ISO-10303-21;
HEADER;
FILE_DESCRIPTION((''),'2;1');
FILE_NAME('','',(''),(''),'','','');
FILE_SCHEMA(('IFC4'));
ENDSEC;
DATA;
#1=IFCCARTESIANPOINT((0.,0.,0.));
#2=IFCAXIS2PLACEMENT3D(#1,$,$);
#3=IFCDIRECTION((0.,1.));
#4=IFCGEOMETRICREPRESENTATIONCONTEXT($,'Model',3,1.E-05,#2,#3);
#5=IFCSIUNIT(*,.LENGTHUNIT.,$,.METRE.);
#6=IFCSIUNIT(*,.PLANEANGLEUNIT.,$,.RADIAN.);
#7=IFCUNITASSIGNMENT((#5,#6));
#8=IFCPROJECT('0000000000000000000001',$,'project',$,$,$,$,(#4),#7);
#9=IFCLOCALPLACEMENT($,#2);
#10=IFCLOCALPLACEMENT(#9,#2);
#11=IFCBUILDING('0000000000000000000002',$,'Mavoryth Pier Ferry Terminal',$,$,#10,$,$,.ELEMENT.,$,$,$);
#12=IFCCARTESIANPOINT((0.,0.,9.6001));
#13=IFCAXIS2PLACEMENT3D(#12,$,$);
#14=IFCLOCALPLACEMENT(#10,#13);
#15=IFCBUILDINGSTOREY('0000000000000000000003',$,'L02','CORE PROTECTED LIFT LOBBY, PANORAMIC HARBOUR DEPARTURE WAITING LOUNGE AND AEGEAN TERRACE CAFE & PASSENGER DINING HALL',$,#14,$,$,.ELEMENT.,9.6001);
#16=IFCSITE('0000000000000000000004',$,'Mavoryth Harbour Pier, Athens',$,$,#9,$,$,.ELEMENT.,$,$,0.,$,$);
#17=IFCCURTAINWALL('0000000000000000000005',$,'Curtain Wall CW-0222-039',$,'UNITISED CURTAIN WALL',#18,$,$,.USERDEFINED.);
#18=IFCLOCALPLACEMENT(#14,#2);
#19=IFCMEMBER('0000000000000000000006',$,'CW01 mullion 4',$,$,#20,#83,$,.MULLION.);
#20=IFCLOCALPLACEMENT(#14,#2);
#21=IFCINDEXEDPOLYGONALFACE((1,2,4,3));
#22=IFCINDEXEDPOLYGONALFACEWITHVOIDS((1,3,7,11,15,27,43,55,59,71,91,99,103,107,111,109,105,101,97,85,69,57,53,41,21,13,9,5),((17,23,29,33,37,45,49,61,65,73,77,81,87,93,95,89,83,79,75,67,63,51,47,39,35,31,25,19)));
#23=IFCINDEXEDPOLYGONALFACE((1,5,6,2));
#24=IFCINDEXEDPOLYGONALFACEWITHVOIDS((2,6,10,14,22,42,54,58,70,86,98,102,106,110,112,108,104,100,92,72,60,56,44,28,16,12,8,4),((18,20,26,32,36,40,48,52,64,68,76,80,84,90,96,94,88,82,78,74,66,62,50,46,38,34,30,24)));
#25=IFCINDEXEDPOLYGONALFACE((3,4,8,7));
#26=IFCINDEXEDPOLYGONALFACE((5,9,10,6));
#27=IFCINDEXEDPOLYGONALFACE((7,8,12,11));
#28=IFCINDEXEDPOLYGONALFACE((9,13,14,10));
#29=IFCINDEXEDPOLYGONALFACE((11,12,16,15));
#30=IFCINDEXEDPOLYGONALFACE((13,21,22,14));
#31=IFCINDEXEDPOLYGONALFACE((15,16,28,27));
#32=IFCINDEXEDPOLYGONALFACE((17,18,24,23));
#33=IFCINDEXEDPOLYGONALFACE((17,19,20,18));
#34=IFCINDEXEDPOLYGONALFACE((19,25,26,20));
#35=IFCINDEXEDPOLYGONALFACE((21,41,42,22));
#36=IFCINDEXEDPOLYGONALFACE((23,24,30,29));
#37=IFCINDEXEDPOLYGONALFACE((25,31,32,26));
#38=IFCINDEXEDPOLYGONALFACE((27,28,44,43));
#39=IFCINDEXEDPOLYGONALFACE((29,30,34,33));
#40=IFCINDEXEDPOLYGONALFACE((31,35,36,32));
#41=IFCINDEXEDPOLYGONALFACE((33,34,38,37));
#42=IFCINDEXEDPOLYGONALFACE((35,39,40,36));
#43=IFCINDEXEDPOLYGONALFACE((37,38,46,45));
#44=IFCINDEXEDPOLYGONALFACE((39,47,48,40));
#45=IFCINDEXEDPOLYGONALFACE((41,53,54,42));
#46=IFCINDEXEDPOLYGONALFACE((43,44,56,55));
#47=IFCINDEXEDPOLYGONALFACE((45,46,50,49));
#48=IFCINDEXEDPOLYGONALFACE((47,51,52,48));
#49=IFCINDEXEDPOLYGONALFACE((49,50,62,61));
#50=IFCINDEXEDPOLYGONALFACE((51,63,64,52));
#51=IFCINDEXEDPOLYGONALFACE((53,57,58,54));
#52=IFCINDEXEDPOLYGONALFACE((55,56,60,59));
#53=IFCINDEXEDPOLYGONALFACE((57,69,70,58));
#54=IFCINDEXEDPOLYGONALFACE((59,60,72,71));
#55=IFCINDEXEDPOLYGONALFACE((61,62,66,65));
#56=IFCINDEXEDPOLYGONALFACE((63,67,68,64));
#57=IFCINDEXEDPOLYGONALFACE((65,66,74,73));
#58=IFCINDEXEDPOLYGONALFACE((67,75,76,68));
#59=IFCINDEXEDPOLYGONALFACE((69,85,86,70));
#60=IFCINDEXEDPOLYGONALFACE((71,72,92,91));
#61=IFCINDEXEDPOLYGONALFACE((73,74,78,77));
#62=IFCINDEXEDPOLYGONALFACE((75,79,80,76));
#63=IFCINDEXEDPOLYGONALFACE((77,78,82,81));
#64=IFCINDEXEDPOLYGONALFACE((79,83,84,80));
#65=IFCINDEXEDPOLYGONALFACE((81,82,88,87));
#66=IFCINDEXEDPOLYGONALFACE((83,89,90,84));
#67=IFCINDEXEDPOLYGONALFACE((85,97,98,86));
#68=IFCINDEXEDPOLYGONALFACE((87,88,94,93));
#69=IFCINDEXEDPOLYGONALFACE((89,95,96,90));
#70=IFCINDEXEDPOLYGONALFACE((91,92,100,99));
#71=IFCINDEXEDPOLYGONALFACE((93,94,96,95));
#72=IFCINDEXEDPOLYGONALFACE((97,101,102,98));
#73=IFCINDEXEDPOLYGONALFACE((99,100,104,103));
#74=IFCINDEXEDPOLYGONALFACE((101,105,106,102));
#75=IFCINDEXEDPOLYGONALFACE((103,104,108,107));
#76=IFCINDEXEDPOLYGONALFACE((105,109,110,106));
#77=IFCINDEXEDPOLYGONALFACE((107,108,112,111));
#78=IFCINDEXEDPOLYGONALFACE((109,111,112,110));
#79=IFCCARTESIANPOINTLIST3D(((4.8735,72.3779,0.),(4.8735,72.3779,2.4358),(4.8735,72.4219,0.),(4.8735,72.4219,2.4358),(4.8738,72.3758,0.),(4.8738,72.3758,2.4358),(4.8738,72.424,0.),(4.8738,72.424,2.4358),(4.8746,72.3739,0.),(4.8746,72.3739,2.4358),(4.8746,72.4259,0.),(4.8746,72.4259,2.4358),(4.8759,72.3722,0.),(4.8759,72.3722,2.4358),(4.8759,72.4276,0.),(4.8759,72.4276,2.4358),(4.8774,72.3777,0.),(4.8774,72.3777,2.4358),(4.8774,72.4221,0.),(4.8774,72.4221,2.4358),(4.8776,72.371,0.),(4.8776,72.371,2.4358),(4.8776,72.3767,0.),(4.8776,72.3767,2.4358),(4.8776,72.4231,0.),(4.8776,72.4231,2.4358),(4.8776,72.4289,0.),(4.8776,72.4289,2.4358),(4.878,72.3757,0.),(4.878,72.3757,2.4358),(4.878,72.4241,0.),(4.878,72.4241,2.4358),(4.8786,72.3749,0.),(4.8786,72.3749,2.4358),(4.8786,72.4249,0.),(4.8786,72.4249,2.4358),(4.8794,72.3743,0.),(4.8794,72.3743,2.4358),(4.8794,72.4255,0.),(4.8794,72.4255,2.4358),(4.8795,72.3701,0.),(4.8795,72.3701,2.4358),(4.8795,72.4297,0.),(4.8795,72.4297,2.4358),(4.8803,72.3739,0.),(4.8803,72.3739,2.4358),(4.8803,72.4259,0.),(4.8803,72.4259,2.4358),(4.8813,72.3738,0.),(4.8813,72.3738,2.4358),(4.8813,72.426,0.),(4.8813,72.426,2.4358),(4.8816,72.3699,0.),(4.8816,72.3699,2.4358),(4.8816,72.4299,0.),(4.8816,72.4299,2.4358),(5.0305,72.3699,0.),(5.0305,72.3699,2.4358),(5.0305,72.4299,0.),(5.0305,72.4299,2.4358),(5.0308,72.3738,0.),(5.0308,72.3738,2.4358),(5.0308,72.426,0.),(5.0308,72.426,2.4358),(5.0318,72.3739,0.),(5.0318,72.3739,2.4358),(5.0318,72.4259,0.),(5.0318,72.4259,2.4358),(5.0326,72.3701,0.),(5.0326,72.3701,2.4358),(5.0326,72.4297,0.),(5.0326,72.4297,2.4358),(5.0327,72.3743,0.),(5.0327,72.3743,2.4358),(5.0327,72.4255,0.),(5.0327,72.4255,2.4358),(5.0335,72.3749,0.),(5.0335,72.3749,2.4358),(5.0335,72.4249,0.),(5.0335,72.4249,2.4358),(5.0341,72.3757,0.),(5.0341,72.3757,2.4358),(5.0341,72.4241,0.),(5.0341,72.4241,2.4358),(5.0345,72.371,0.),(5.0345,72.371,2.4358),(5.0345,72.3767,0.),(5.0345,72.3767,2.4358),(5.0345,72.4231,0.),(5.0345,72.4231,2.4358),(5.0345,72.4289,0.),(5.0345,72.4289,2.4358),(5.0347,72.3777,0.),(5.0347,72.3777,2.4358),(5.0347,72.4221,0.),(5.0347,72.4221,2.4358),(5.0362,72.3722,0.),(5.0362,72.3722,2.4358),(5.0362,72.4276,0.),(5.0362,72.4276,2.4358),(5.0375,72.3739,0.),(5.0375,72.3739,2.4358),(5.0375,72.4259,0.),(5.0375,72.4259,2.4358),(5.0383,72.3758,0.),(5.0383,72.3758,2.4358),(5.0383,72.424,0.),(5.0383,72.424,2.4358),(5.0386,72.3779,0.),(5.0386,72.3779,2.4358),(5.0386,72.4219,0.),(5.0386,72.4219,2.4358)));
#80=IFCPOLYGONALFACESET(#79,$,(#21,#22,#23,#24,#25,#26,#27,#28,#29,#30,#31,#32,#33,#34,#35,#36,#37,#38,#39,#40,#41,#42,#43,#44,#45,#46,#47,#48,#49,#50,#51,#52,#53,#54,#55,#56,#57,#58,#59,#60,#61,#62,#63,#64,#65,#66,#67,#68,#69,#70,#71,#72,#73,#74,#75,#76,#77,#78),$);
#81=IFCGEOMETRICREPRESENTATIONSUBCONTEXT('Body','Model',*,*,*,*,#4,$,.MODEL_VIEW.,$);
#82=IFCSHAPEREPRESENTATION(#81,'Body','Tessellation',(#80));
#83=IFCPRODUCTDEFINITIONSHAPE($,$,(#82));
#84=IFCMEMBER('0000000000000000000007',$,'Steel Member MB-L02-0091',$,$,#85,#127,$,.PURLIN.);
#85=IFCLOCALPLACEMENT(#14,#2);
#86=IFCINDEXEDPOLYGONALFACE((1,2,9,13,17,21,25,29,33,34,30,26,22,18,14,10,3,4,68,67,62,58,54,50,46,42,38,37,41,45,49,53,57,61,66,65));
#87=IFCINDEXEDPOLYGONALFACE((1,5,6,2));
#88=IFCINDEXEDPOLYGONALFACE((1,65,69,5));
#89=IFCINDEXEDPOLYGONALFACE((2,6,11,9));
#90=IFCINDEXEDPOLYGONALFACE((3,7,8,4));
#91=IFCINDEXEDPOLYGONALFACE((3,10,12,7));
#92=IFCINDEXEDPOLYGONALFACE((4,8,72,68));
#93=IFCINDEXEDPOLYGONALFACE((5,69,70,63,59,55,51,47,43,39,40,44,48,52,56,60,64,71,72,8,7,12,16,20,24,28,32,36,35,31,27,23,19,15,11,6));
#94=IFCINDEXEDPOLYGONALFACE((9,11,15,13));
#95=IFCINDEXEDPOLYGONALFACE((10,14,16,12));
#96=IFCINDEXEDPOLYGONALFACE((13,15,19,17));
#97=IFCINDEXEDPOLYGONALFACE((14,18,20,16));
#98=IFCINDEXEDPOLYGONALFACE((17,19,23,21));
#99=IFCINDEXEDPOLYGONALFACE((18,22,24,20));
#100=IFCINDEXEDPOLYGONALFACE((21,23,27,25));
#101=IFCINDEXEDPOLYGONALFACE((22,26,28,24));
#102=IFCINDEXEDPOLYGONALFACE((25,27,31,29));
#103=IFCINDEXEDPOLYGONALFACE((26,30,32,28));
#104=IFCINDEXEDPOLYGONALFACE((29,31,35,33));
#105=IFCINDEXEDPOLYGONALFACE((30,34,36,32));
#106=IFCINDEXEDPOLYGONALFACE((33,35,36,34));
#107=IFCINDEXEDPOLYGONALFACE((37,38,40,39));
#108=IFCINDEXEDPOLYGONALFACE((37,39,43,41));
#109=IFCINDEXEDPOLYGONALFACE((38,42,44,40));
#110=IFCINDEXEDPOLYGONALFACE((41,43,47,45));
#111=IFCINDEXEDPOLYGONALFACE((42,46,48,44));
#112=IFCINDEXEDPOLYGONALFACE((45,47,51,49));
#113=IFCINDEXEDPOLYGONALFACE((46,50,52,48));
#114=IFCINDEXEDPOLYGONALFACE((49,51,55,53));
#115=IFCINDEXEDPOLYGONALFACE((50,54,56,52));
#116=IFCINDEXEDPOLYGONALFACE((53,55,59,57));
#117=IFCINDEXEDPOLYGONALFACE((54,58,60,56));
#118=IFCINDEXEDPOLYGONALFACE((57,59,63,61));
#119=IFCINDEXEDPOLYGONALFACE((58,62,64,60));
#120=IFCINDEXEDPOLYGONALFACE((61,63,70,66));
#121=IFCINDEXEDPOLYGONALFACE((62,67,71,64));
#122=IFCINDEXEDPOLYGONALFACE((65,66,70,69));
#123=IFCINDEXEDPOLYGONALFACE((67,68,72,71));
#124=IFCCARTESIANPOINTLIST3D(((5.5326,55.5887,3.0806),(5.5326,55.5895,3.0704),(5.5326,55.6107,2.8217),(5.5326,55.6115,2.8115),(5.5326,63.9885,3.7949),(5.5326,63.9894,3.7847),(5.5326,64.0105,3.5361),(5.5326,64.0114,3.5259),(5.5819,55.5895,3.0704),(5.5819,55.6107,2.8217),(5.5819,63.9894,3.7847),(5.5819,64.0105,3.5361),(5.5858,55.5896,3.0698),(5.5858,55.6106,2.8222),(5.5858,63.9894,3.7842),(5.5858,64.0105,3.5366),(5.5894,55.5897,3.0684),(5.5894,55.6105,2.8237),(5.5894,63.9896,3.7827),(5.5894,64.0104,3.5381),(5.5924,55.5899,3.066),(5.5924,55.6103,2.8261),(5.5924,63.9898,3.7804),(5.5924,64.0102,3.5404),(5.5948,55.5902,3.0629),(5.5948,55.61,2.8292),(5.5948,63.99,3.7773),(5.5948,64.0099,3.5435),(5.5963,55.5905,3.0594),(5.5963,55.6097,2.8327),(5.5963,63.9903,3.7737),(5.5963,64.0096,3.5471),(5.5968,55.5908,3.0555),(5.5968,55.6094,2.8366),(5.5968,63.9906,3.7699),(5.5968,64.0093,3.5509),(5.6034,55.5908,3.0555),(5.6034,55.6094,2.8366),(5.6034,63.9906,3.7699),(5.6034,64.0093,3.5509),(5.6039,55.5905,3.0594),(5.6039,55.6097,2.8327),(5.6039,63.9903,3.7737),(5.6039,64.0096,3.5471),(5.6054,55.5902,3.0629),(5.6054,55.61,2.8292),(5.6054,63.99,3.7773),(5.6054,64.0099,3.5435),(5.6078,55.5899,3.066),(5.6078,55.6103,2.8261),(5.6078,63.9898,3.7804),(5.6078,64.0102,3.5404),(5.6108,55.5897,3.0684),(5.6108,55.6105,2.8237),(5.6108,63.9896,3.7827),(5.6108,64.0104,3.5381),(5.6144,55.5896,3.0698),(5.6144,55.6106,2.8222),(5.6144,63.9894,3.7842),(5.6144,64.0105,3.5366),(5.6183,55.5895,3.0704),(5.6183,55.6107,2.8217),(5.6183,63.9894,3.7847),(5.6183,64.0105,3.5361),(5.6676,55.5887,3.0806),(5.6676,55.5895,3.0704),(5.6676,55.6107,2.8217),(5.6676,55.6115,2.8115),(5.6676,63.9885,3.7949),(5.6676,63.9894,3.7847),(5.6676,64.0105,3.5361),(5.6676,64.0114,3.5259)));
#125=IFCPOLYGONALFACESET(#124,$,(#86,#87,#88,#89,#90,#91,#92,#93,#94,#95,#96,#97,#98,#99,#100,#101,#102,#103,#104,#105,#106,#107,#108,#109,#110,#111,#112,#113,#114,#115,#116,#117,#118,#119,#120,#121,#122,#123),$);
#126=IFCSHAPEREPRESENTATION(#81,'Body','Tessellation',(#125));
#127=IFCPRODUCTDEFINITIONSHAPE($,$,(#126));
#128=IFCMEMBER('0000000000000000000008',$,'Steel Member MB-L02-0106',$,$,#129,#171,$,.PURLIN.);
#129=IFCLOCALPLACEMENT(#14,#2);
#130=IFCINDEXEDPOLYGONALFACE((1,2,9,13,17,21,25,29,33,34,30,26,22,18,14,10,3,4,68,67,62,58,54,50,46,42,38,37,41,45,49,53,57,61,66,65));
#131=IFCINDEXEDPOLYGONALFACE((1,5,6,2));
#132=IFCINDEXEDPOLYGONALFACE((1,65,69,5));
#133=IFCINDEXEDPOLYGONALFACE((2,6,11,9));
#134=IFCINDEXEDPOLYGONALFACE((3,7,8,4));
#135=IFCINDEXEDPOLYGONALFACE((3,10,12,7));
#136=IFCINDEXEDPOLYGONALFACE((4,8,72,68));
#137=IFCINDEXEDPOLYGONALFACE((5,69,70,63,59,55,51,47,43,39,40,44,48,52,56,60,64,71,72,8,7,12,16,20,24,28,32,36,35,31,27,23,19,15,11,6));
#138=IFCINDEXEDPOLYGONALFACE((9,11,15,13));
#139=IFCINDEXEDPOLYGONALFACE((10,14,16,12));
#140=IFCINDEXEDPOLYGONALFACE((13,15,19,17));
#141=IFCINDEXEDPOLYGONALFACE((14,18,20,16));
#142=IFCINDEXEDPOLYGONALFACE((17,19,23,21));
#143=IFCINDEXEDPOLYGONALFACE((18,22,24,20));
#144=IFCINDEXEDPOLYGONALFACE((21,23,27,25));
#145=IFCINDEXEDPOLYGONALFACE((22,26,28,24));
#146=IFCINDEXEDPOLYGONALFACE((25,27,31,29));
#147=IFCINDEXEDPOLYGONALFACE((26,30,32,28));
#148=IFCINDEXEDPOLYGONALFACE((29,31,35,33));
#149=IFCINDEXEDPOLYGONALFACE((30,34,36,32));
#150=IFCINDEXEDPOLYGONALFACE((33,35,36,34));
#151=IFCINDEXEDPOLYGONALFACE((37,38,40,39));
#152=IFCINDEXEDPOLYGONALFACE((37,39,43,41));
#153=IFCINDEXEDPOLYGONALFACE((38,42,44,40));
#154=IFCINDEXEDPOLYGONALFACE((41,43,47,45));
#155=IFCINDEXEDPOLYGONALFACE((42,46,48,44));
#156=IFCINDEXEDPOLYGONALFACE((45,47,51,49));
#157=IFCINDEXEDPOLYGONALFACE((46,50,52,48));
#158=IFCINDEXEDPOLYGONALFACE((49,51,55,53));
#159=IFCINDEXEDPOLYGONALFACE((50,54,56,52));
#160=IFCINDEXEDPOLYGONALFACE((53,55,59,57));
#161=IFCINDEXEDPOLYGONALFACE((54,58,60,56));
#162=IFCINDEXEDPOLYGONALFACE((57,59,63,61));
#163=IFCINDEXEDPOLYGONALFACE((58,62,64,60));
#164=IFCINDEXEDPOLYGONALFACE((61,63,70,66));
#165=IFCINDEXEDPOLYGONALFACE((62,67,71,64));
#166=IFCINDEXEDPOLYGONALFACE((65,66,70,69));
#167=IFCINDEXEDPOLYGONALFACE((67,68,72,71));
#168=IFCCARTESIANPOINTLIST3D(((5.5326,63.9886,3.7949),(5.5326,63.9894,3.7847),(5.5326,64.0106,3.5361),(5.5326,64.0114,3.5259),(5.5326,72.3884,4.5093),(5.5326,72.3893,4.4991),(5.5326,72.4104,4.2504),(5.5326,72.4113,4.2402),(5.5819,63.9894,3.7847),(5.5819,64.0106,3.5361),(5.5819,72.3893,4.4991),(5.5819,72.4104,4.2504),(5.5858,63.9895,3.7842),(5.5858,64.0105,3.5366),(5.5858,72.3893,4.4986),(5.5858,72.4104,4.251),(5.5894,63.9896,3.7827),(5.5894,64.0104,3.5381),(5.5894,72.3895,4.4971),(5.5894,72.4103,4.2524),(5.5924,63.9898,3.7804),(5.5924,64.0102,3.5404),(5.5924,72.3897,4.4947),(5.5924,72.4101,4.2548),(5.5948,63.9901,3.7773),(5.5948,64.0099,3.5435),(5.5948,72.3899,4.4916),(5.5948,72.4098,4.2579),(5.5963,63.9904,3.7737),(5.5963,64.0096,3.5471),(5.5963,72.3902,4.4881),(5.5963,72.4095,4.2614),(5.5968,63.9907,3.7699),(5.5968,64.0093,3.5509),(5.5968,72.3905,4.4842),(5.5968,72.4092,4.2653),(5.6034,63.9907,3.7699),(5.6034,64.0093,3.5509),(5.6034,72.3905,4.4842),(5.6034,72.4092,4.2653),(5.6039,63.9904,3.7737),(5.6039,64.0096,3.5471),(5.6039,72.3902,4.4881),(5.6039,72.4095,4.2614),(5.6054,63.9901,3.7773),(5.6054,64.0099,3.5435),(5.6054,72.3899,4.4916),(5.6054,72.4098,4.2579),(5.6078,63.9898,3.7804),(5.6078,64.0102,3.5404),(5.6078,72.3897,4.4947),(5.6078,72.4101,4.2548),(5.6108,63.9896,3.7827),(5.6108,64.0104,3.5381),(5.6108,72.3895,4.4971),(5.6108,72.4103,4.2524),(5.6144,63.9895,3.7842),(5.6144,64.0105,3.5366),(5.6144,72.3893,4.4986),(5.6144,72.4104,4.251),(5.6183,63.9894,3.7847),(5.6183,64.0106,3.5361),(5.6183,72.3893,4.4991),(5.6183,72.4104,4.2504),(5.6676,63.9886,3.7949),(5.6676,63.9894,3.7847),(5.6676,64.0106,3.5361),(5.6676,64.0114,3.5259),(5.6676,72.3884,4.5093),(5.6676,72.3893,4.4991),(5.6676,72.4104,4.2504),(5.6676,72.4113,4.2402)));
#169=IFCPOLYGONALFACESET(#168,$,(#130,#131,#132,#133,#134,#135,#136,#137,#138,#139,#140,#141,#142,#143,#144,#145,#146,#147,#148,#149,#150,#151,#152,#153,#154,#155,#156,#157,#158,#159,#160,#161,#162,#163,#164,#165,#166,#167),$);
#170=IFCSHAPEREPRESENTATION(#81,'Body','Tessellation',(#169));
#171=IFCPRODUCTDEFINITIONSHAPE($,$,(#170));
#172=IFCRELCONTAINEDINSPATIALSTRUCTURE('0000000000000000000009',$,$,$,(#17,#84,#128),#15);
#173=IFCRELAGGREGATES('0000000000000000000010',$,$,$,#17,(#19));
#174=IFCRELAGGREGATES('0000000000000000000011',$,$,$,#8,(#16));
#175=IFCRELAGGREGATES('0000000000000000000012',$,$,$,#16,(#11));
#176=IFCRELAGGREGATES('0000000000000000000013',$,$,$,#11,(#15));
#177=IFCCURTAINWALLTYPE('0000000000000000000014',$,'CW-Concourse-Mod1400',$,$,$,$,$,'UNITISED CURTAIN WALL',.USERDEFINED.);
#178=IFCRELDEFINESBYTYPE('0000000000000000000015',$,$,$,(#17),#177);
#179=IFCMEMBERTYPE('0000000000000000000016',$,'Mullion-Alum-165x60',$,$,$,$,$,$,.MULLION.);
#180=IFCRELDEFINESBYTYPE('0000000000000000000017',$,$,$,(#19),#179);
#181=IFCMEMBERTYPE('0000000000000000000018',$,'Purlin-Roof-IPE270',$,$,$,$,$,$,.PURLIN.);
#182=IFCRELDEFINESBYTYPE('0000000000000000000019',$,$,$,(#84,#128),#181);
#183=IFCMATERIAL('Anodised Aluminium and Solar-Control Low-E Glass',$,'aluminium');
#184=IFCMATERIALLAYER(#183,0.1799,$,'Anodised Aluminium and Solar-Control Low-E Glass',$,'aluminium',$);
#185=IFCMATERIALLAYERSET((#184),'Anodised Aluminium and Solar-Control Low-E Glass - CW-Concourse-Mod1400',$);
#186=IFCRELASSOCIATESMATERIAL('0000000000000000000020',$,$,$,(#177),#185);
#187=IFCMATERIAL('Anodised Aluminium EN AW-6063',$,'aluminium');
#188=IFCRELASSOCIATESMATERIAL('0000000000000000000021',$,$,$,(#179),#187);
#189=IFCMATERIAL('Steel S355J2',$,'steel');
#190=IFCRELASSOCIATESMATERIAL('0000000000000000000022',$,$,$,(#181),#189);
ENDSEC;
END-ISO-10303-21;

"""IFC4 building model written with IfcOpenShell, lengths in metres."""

from ifc_helpers import new_model, si_unit, direction, frame, origin, origin_2d, place, context, subcontext, project, spatial, hollow_rectangle, i_section, extrude, material, layer, layer_set, material_profile, profile_set, type_object, element, aggregate, save


model = new_model("IFC4")

# Units and contexts
model_context = context("Model", 3, precision=1e-05, world=origin(), true_north=direction((0.0, 1.0)))
body_context = subcontext(model_context, "Body", "Model", "MODEL_VIEW")
ifc_project = project(units=[si_unit("LENGTHUNIT", "METRE"), si_unit("PLANEANGLEUNIT", "RADIAN")], contexts=[model_context])

# Site, building, storey
site_placement = place(None, origin())
site = spatial("IfcSite", under=ifc_project, at=site_placement, Name="Mavoryth Harbour Pier, Athens", CompositionType="ELEMENT", RefElevation=0.0)
building_placement = place(site_placement, origin())
building = spatial("IfcBuilding", under=site, at=building_placement, Name="Mavoryth Pier Ferry Terminal", CompositionType="ELEMENT")
storey_placement = place(building_placement, frame((0.0, 0.0, 9.6001)))
storey = spatial("IfcBuildingStorey", under=building, at=storey_placement, Name="L02", Description="CORE PROTECTED LIFT LOBBY, PANORAMIC HARBOUR DEPARTURE WAITING LOUNGE AND AEGEAN TERRACE CAFE & PASSENGER DINING HALL", CompositionType="ELEMENT", Elevation=9.6001)

# Shared definitions
ifc_material_1 = material(Name="Steel S355J2", Category="steel")

# Curtain wall, member
ifc_material_2 = material(Name="Anodised Aluminium and Solar-Control Low-E Glass", Category="aluminium")
ifc_layer_1 = layer(ifc_material_2, 0.1799, Name="Anodised Aluminium and Solar-Control Low-E Glass", Category="aluminium")
ifc_layer_set_1 = layer_set([ifc_layer_1], Name="Anodised Aluminium and Solar-Control Low-E Glass - CW-Concourse-Mod1400")
curtain_wall_type = type_object("IfcCurtainWallType", Name="CW-Concourse-Mod1400", ElementType="UNITISED CURTAIN WALL", PredefinedType="USERDEFINED", material=ifc_layer_set_1)
curtain_wall_placement = place(storey_placement, origin())
curtain_wall = element("IfcCurtainWall", 1, at=curtain_wall_placement, inside=storey, type_object=curtain_wall_type, Name="Curtain Wall CW-0222-039", ObjectType="UNITISED CURTAIN WALL", PredefinedType="USERDEFINED")
ifc_material_3 = material(Name="Anodised Aluminium EN AW-6063", Category="aluminium")
ifc_material_profile_1 = material_profile(ifc_material_3, hollow_rectangle(XDim=0.0601, YDim=0.165, WallThickness=0.0039, InnerFilletRadius=0.0039, OuterFilletRadius=0.0081, at=origin_2d()), Name="AL-MULL 165x60x4", Category="aluminium")
ifc_profile_set_1 = profile_set([ifc_material_profile_1], Name="Anodised Aluminium EN AW-6063 - AL-MULL 165x60x4")
member_type_1 = type_object("IfcMemberType", Name="Mullion-Alum-165x60", PredefinedType="MULLION", material=ifc_profile_set_1)
member_1_placement = place(storey_placement, frame((4.9561, 72.3999, 0.0), z_axis=(0.0, 0.0, 1.0), x_axis=(0.0, 1.0, 0.0)))
member_1 = element("IfcMember", 2, at=member_1_placement, type_object=member_type_1, Name="CW01 mullion 4", PredefinedType="MULLION", context=body_context, shape_type="SweptSolid", body=[
    extrude(hollow_rectangle(XDim=0.0601, YDim=0.165, WallThickness=0.0039, InnerFilletRadius=0.0039, OuterFilletRadius=0.0081, at=origin_2d()), origin(), (0.0, 0.0, 1.0), 2.4358),
])

# Members
ifc_material_profile_2 = material_profile(ifc_material_1, i_section(OverallWidth=0.135, OverallDepth=0.27, WebThickness=0.0066, FlangeThickness=0.0103, FilletRadius=0.0149, at=origin_2d()), Name="IPE 270", Category="steel")
ifc_profile_set_2 = profile_set([ifc_material_profile_2], Name="Steel S355J2 - IPE 270")
member_type_2 = type_object("IfcMemberType", Name="Purlin-Roof-IPE270", PredefinedType="PURLIN", material=ifc_profile_set_2)
for number, where, z_axis, x_axis, name in (
    (3, (5.6001, 55.6001, 2.946), (0.0, 0.996403, 0.084737), (-1.0, 0.0, 0.0), "Steel Member MB-L02-0091"),
    (4, (5.6001, 64.0, 3.6604), (0.0, 0.996403, 0.084737), (-1.0, 0.0, 0.0), "Steel Member MB-L02-0106"),
):
    element("IfcMember", number, at=place(storey_placement, frame(where, z_axis=z_axis, x_axis=x_axis)), inside=storey, type_object=member_type_2, Name=name, PredefinedType="PURLIN", context=body_context, shape_type="SweptSolid", body=[
        extrude(i_section(OverallWidth=0.135, OverallDepth=0.27, WebThickness=0.0066, FlangeThickness=0.0103, FilletRadius=0.0149, at=origin_2d()), origin(), (0.0, 0.0, 1.0), 8.4302),
    ])

aggregate(curtain_wall, [member_1])

save(model, "model.ifc")
